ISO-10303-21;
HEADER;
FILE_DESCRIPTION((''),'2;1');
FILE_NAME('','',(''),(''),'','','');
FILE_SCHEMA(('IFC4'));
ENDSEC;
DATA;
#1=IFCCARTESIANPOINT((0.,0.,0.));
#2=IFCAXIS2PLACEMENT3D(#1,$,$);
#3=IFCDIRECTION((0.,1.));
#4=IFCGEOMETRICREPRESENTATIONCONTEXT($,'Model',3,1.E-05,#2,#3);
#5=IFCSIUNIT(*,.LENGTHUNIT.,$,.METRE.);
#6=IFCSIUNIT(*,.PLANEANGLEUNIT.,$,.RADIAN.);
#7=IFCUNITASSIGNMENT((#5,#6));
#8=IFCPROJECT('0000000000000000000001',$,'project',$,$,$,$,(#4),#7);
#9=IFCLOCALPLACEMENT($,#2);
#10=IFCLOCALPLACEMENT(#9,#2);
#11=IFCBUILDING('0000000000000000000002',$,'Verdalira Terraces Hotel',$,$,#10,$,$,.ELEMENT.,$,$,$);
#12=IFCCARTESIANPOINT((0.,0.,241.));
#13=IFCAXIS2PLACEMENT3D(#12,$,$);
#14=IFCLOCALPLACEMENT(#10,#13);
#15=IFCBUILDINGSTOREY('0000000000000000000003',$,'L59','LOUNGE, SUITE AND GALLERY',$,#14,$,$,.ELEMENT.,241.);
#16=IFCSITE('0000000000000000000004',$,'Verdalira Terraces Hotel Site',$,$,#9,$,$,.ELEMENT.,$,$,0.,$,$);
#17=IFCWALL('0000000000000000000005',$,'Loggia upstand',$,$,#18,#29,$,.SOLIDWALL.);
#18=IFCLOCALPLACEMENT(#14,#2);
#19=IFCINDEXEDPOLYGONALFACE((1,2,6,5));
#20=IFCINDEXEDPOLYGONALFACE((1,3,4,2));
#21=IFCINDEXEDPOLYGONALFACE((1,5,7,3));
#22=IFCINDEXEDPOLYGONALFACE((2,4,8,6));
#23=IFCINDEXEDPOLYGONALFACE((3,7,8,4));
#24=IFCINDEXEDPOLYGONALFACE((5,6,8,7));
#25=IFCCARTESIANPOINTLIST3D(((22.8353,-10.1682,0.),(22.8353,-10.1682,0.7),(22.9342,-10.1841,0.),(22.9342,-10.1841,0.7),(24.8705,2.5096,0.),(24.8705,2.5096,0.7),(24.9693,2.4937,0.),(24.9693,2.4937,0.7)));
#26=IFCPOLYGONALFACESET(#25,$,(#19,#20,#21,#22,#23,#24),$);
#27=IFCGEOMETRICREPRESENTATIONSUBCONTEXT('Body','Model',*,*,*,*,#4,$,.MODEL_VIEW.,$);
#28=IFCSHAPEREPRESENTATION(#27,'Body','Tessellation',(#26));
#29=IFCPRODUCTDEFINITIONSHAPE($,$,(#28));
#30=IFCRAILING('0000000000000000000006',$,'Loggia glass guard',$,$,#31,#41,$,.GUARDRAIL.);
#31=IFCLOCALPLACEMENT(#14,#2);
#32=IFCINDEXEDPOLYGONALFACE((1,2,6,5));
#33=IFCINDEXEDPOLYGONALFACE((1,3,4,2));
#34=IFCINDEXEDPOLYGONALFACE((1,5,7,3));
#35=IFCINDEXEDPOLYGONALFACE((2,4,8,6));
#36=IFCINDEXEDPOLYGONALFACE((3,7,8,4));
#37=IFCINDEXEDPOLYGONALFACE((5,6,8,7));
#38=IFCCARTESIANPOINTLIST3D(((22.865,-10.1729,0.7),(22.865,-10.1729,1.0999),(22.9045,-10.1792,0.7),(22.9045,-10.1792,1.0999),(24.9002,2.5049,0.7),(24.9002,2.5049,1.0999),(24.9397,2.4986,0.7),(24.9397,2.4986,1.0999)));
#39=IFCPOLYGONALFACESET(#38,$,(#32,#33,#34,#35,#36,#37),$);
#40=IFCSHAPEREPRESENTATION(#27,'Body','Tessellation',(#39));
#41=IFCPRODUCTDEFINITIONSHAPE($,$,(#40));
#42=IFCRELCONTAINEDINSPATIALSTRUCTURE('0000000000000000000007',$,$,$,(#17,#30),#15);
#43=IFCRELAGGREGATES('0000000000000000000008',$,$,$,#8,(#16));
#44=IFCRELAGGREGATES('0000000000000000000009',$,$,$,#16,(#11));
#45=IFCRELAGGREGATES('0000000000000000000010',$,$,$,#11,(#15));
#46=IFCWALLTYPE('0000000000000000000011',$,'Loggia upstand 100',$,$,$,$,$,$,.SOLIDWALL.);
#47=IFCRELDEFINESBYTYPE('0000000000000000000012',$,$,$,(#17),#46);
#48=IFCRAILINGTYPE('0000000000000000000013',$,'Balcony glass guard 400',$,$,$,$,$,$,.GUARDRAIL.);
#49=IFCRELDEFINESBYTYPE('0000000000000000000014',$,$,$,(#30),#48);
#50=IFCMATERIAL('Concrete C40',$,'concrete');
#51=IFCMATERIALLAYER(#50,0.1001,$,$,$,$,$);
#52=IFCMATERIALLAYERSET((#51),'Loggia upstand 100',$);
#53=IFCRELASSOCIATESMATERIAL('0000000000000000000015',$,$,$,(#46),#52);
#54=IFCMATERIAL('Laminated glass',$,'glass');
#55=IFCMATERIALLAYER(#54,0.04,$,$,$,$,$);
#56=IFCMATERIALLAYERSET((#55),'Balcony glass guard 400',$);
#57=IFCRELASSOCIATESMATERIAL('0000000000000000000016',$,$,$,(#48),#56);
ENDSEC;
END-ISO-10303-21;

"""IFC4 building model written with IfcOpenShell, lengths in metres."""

from ifc_helpers import new_model, si_unit, direction, frame, frame_2d, origin, origin_2d, place, context, subcontext, project, spatial, rectangle, extrude, material, layer, layer_set, type_object, element, save


model = new_model("IFC4")

# Units and contexts
model_context = context("Model", 3, precision=1e-05, world=origin(), true_north=direction((0.0, 1.0)))
body_context = subcontext(model_context, "Body", "Model", "MODEL_VIEW")
ifc_project = project(units=[si_unit("LENGTHUNIT", "METRE"), si_unit("PLANEANGLEUNIT", "RADIAN")], contexts=[model_context])

# Site, building, storey
site_placement = place(None, origin())
site = spatial("IfcSite", under=ifc_project, at=site_placement, Name="Verdalira Terraces Hotel Site", CompositionType="ELEMENT", RefElevation=0.0)
building_placement = place(site_placement, origin())
building = spatial("IfcBuilding", under=site, at=building_placement, Name="Verdalira Terraces Hotel", CompositionType="ELEMENT")
storey_placement = place(building_placement, frame((0.0, 0.0, 241.0)))
storey = spatial("IfcBuildingStorey", under=building, at=storey_placement, Name="L59", Description="LOUNGE, SUITE AND GALLERY", CompositionType="ELEMENT", Elevation=241.0)

# Wall
ifc_material_1 = material(Name="Concrete C40", Category="concrete")
ifc_layer_1 = layer(ifc_material_1, 0.1001)
ifc_layer_set_1 = layer_set([ifc_layer_1], Name="Loggia upstand 100")
wall_type_1 = type_object("IfcWallType", Name="Loggia upstand 100", PredefinedType="SOLIDWALL", material=ifc_layer_set_1)
wall_1_placement = place(storey_placement, frame((22.8848, -10.176, 0.0), z_axis=(0.0, 0.0, 1.0), x_axis=(0.158501, 0.987359, 0.0)))
element("IfcWall", 1, at=wall_1_placement, inside=storey, type_object=wall_type_1, Name="Loggia upstand", PredefinedType="SOLIDWALL", context=body_context, shape_type="SweptSolid", body=[
    extrude(rectangle(XDim=12.8401, YDim=0.1001, at=frame_2d((6.4199, 0.0))), origin(), (0.0, 0.0, 1.0), 0.7),
])

# Railing
ifc_material_2 = material(Name="Laminated glass", Category="glass")
ifc_layer_2 = layer(ifc_material_2, 0.04)
ifc_layer_set_2 = layer_set([ifc_layer_2], Name="Balcony glass guard 400")
railing_type_1 = type_object("IfcRailingType", Name="Balcony glass guard 400", PredefinedType="GUARDRAIL", material=ifc_layer_set_2)
railing_1_placement = place(storey_placement, frame((23.9023, -3.8372, 0.7), z_axis=(0.0, 0.0, 1.0), x_axis=(0.158503, 0.987359, 0.0)))
element("IfcRailing", 2, at=railing_1_placement, inside=storey, type_object=railing_type_1, Name="Loggia glass guard", PredefinedType="GUARDRAIL", context=body_context, shape_type="SweptSolid", body=[
    extrude(rectangle(XDim=12.8401, YDim=0.04, at=origin_2d()), origin(), (0.0, 0.0, 1.0), 0.3999),
])

save(model, "model.ifc")
